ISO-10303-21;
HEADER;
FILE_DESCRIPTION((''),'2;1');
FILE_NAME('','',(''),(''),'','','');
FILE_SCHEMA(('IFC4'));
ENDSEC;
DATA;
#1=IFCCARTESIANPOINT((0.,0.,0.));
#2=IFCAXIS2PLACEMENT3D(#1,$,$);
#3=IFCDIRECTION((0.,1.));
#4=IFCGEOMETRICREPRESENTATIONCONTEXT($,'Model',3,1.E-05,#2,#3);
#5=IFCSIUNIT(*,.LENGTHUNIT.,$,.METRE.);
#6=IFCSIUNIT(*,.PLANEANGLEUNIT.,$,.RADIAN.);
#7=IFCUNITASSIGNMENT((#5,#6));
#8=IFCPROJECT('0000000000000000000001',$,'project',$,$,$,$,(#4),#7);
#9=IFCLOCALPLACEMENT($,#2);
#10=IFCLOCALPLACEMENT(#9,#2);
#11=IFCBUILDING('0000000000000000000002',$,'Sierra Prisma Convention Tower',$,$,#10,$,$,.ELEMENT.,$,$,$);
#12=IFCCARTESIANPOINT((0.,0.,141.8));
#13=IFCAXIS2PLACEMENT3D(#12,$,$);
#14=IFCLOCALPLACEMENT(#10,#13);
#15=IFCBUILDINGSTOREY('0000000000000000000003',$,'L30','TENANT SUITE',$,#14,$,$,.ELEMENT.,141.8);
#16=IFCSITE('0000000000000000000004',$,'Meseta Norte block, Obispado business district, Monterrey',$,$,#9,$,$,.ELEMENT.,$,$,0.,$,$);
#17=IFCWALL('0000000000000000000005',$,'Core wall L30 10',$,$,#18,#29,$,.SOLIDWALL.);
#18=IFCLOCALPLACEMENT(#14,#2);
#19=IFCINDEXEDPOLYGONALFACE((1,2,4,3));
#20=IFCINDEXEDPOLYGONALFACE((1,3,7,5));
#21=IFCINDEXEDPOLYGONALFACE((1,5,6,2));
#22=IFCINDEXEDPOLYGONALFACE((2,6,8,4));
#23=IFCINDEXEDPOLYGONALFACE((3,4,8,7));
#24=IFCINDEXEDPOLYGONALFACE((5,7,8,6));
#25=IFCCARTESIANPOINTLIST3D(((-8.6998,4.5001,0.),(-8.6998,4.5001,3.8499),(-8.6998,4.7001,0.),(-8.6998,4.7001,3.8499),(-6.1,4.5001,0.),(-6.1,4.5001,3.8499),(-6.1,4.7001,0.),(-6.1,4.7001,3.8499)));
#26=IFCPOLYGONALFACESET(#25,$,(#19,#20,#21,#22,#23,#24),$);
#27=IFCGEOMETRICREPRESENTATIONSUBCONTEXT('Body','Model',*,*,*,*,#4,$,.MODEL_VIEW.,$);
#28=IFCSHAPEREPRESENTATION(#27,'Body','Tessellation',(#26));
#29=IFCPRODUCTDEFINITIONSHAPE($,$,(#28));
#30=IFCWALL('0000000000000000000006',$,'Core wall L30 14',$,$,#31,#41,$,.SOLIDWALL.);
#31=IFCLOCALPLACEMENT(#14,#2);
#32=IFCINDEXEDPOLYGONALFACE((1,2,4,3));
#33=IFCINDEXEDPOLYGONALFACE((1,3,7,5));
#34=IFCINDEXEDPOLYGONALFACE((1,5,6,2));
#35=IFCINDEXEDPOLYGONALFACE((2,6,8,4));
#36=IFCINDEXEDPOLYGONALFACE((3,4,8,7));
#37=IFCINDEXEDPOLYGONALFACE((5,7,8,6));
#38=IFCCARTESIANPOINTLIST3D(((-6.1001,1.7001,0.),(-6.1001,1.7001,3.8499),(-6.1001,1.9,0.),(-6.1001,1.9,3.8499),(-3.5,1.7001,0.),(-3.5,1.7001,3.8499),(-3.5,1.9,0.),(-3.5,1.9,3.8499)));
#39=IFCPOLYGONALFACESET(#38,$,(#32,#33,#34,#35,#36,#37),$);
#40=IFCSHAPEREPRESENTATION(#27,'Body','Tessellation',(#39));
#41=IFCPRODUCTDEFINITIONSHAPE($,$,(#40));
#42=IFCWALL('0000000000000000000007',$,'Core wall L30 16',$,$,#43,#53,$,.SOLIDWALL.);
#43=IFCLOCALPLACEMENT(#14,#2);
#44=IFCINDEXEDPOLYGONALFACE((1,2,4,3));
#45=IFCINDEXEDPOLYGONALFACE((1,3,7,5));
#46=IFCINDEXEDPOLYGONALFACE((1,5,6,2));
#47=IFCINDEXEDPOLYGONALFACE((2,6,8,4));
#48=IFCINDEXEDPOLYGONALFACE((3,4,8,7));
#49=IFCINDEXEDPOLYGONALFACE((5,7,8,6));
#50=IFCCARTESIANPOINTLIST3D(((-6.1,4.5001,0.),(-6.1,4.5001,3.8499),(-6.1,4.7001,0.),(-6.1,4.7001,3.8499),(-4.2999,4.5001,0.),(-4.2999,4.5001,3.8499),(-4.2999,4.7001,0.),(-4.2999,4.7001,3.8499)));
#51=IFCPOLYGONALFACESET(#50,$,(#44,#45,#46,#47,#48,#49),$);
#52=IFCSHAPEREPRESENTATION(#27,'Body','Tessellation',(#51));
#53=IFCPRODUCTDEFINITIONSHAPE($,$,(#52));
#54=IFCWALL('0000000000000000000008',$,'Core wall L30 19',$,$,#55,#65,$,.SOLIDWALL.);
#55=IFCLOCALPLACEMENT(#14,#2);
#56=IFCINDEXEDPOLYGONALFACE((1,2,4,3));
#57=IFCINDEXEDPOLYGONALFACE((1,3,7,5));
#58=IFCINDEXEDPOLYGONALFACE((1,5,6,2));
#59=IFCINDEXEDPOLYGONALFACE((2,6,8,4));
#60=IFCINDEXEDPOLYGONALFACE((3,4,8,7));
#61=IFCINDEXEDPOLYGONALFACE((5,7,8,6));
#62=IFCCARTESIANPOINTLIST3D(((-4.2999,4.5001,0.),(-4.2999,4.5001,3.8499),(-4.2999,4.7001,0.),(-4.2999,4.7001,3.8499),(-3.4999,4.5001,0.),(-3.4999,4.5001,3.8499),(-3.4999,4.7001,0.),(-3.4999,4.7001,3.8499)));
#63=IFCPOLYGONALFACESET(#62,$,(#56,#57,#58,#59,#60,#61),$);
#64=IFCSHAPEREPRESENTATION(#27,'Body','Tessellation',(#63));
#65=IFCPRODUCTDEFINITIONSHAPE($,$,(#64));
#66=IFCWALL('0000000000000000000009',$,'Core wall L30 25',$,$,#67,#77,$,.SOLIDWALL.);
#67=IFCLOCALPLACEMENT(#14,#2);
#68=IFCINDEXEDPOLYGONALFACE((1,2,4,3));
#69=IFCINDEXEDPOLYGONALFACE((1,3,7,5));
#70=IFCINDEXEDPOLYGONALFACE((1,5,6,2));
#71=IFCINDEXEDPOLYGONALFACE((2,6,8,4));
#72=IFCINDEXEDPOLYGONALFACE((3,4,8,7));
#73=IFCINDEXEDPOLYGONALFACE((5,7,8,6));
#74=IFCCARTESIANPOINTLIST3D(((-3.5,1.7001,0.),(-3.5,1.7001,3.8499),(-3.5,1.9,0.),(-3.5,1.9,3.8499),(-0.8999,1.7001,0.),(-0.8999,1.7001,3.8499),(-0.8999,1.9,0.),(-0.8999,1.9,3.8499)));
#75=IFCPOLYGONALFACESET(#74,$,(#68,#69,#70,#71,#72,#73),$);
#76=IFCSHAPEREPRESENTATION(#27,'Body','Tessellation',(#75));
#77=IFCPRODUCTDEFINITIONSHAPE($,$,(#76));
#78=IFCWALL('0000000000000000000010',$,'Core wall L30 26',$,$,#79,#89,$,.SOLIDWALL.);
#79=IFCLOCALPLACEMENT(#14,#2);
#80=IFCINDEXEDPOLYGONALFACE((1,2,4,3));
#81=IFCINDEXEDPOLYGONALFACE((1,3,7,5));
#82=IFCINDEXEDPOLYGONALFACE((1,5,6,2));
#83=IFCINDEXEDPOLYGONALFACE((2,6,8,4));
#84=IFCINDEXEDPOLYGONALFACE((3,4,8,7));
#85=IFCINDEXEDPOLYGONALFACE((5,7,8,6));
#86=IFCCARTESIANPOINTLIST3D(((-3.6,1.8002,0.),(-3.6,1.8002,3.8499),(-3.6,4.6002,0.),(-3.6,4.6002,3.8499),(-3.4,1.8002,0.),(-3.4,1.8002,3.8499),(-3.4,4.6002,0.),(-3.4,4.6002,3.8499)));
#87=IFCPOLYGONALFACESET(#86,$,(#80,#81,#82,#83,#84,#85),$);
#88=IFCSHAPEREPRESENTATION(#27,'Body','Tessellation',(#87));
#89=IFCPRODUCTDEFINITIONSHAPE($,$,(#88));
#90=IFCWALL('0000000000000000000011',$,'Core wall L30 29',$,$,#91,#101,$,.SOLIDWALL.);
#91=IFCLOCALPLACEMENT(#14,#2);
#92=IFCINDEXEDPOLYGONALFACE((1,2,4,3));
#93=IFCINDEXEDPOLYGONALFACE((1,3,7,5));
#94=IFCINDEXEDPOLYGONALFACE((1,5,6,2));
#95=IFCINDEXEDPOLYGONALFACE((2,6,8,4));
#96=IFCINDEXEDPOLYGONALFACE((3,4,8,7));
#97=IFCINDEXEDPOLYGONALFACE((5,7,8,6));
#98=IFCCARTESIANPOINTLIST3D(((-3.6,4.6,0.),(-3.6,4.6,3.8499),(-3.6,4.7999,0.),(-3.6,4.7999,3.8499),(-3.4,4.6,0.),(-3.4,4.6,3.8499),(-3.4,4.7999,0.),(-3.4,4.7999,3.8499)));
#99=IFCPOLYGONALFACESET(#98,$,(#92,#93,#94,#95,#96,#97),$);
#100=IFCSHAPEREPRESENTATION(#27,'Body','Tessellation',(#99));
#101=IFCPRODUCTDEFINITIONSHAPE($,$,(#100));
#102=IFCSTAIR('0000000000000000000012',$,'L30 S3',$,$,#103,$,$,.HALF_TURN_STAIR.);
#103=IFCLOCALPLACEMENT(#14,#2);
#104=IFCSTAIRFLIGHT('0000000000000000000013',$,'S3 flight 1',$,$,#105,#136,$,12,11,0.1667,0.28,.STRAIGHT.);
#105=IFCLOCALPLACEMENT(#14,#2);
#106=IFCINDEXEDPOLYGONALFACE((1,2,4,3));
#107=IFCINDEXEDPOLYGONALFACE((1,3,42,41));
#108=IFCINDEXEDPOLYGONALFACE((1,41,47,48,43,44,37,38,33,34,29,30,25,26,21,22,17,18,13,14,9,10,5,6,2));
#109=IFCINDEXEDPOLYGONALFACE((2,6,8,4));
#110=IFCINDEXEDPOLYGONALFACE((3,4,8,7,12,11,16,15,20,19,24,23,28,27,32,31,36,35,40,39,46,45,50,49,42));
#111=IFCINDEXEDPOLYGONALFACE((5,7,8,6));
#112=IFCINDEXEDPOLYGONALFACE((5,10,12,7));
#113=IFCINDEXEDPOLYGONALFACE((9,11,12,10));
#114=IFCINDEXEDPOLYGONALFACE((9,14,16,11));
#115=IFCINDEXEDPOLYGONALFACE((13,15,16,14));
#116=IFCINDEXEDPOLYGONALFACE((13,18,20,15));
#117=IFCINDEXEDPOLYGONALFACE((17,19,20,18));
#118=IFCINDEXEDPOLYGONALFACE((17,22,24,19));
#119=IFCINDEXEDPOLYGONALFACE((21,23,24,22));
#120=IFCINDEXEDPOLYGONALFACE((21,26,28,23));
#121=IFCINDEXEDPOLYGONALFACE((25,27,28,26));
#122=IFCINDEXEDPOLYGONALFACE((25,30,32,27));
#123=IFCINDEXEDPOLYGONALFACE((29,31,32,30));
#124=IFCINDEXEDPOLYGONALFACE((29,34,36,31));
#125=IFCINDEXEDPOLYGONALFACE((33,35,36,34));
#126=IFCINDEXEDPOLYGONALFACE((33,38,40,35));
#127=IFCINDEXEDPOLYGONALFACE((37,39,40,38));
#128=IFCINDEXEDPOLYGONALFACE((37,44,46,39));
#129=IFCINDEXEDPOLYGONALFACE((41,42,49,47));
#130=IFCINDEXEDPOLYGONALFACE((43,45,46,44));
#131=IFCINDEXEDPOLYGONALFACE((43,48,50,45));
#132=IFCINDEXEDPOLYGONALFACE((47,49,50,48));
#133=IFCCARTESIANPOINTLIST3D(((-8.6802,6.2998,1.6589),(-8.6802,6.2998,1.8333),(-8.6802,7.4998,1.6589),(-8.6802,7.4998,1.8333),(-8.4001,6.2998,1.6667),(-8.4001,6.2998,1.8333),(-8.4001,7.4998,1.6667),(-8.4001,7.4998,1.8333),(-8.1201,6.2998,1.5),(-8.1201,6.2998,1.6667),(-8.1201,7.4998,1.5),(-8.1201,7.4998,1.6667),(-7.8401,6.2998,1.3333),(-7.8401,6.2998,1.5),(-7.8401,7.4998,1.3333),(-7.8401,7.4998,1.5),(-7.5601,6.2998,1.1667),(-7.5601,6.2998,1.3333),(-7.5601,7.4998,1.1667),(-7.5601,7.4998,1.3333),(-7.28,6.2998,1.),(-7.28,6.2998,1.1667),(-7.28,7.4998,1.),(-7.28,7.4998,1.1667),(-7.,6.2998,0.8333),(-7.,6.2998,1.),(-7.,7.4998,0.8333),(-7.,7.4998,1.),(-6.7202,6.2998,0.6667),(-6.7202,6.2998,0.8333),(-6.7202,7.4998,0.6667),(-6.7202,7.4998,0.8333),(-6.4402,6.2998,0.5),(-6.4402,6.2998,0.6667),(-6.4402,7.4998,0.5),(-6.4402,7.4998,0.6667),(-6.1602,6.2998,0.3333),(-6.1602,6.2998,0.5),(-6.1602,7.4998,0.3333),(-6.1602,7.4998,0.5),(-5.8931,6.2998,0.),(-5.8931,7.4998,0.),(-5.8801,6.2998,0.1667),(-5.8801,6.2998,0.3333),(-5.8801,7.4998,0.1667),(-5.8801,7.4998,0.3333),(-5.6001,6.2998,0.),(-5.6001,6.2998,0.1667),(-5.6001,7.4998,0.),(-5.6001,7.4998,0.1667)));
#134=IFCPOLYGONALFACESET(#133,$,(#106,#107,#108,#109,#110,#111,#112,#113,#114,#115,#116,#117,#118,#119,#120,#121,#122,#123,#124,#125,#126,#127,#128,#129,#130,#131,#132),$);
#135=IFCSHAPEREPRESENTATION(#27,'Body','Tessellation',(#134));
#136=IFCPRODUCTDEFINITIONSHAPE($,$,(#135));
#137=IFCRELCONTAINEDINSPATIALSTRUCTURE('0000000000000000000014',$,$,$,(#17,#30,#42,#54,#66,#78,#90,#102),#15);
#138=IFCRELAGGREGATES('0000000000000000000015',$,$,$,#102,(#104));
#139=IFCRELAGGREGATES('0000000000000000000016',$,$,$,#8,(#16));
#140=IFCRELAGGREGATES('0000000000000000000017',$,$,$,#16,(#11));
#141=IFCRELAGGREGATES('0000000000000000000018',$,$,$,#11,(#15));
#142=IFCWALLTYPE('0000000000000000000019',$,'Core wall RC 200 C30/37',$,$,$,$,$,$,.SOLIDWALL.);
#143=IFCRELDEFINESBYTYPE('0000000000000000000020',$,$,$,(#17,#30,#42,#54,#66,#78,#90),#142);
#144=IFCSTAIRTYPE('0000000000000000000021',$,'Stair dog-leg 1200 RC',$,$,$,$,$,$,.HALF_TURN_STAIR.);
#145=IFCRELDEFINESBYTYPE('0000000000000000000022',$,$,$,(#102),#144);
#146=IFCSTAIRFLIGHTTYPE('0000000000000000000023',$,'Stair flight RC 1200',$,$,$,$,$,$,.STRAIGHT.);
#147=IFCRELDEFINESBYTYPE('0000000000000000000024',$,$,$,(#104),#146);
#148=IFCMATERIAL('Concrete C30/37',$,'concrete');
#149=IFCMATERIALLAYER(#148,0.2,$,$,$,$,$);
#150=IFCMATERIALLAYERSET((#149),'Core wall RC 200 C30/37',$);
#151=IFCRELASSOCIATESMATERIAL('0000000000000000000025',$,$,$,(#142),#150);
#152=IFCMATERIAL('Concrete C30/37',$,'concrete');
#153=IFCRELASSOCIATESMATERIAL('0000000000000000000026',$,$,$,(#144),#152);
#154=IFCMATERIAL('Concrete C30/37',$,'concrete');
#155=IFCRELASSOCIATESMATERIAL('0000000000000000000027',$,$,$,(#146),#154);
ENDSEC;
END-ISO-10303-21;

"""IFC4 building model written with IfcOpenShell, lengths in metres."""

from ifc_helpers import new_model, si_unit, direction, frame, frame_2d, origin, place, context, subcontext, project, spatial, polyline, rectangle, outline, extrude, material, layer, layer_set, type_object, element, aggregate, save


model = new_model("IFC4")

# Units and contexts
model_context = context("Model", 3, precision=1e-05, world=origin(), true_north=direction((0.0, 1.0)))
body_context = subcontext(model_context, "Body", "Model", "MODEL_VIEW")
ifc_project = project(units=[si_unit("LENGTHUNIT", "METRE"), si_unit("PLANEANGLEUNIT", "RADIAN")], contexts=[model_context])

# Site, building, storey
site_placement = place(None, origin())
site = spatial("IfcSite", under=ifc_project, at=site_placement, Name="Meseta Norte block, Obispado business district, Monterrey", CompositionType="ELEMENT", RefElevation=0.0)
building_placement = place(site_placement, origin())
building = spatial("IfcBuilding", under=site, at=building_placement, Name="Sierra Prisma Convention Tower", CompositionType="ELEMENT")
storey_placement = place(building_placement, frame((0.0, 0.0, 141.8)))
storey = spatial("IfcBuildingStorey", under=building, at=storey_placement, Name="L30", Description="TENANT SUITE", CompositionType="ELEMENT", Elevation=141.8)

# Walls
ifc_material_1 = material(Name="Concrete C30/37", Category="concrete")
ifc_layer = layer(ifc_material_1, 0.2)
ifc_layer_set = layer_set([ifc_layer], Name="Core wall RC 200 C30/37")
wall_type = type_object("IfcWallType", Name="Core wall RC 200 C30/37", PredefinedType="SOLIDWALL", material=ifc_layer_set)
wall_1_placement = place(storey_placement, frame((-6.1001, 4.6001, 0.0), z_axis=(0.0, 0.0, 1.0), x_axis=(-1.0, 0.0, 0.0)))
element("IfcWall", 1, at=wall_1_placement, inside=storey, type_object=wall_type, Name="Core wall L30 10", PredefinedType="SOLIDWALL", context=body_context, shape_type="SweptSolid", body=[
    extrude(rectangle(XDim=2.5999, YDim=0.2, at=frame_2d((1.2998, 0.0))), origin(), (0.0, 0.0, 1.0), 3.8499),
])
wall_2_placement = place(storey_placement, frame((-3.5, 1.8, 0.0), z_axis=(0.0, 0.0, 1.0), x_axis=(-1.0, 0.0, 0.0)))
element("IfcWall", 2, at=wall_2_placement, inside=storey, type_object=wall_type, Name="Core wall L30 14", PredefinedType="SOLIDWALL", context=body_context, shape_type="SweptSolid", body=[
    extrude(rectangle(XDim=2.6001, YDim=0.2, at=frame_2d((1.3, 0.0))), origin(), (0.0, 0.0, 1.0), 3.8499),
])
wall_3_placement = place(storey_placement, frame((-4.3, 4.6001, 0.0), z_axis=(0.0, 0.0, 1.0), x_axis=(-1.0, 0.0, 0.0)))
element("IfcWall", 3, at=wall_3_placement, inside=storey, type_object=wall_type, Name="Core wall L30 16", PredefinedType="SOLIDWALL", context=body_context, shape_type="SweptSolid", body=[
    extrude(rectangle(XDim=1.8, YDim=0.2, at=frame_2d((0.8999, 0.0))), origin(), (0.0, 0.0, 1.0), 3.8499),
])
wall_4_placement = place(storey_placement, frame((-3.5, 4.6001, 0.0), z_axis=(0.0, 0.0, 1.0), x_axis=(-1.0, 0.0, 0.0)))
element("IfcWall", 4, at=wall_4_placement, inside=storey, type_object=wall_type, Name="Core wall L30 19", PredefinedType="SOLIDWALL", context=body_context, shape_type="SweptSolid", body=[
    extrude(rectangle(XDim=0.8, YDim=0.2, at=frame_2d((0.3999, 0.0))), origin(), (0.0, 0.0, 1.0), 3.8499),
])

# Walls
wall_5_placement = place(storey_placement, frame((-0.8999, 1.8, 0.0), z_axis=(0.0, 0.0, 1.0), x_axis=(-1.0, 0.0, 0.0)))
element("IfcWall", 5, at=wall_5_placement, inside=storey, type_object=wall_type, Name="Core wall L30 25", PredefinedType="SOLIDWALL", context=body_context, shape_type="SweptSolid", body=[
    extrude(rectangle(XDim=2.6001, YDim=0.2, at=frame_2d((1.3, 0.0))), origin(), (0.0, 0.0, 1.0), 3.8499),
])
wall_6_placement = place(storey_placement, frame((-3.5, 4.6001, 0.0), z_axis=(0.0, 0.0, 1.0), x_axis=(0.0, -1.0, 0.0)))
element("IfcWall", 6, at=wall_6_placement, inside=storey, type_object=wall_type, Name="Core wall L30 26", PredefinedType="SOLIDWALL", context=body_context, shape_type="SweptSolid", body=[
    extrude(rectangle(XDim=2.8, YDim=0.2, at=frame_2d((1.3999, 0.0))), origin(), (0.0, 0.0, 1.0), 3.8499),
])
wall_7_placement = place(storey_placement, frame((-3.5, 4.8, 0.0), z_axis=(0.0, 0.0, 1.0), x_axis=(0.0, -1.0, 0.0)))
element("IfcWall", 7, at=wall_7_placement, inside=storey, type_object=wall_type, Name="Core wall L30 29", PredefinedType="SOLIDWALL", context=body_context, shape_type="SweptSolid", body=[
    extrude(rectangle(XDim=0.2, YDim=0.2, at=frame_2d((0.1001, 0.0))), origin(), (0.0, 0.0, 1.0), 3.8499),
])

# Stair, stair flight
ifc_material_2 = material(Name="Concrete C30/37", Category="concrete")
stair_type = type_object("IfcStairType", Name="Stair dog-leg 1200 RC", PredefinedType="HALF_TURN_STAIR", material=ifc_material_2)
stair_placement = place(storey_placement, origin())
stair = element("IfcStair", 8, at=stair_placement, inside=storey, type_object=stair_type, Name="L30 S3", PredefinedType="HALF_TURN_STAIR")
ifc_material_3 = material(Name="Concrete C30/37", Category="concrete")
stair_flight_type = type_object("IfcStairFlightType", Name="Stair flight RC 1200", PredefinedType="STRAIGHT", material=ifc_material_3)
stair_flight_placement = place(storey_placement, frame((-5.6001, 6.8999, 0.0), z_axis=(0.0, 0.0, 1.0), x_axis=(-1.0, 0.0, 0.0)))
stair_flight = element("IfcStairFlight", 9, at=stair_flight_placement, type_object=stair_flight_type, Name="S3 flight 1", NumberOfRisers=12, NumberOfTreads=11, PredefinedType="STRAIGHT", RiserHeight=0.1667, TreadLength=0.28, context=body_context, shape_type="SweptSolid", body=[
    extrude(outline(polyline([(0.0, 0.0), (0.0, 0.1667), (0.28, 0.1667), (0.28, 0.3333), (0.5601, 0.3333), (0.5601, 0.5), (0.8401, 0.5), (0.8401, 0.6667), (1.1201, 0.6667), (1.1201, 0.8333), (1.3999, 0.8333), (1.3999, 1.0), (1.6799, 1.0), (1.6799, 1.1667), (1.96, 1.1667), (1.96, 1.3333), (2.24, 1.3333), (2.24, 1.5), (2.52, 1.5), (2.52, 1.6667), (2.8, 1.6667), (2.8, 1.8333), (3.0801, 1.8333), (3.0801, 2.0), (3.0801, 1.6589), (0.293, 0.0), (0.0, 0.0)])), frame((0.0, 0.6001, 0.0), z_axis=(0.0, -1.0, 0.0), x_axis=(1.0, 0.0, 0.0)), (0.0, 0.0, 1.0), 1.2),
])
aggregate(stair, [stair_flight])

save(model, "model.ifc")
